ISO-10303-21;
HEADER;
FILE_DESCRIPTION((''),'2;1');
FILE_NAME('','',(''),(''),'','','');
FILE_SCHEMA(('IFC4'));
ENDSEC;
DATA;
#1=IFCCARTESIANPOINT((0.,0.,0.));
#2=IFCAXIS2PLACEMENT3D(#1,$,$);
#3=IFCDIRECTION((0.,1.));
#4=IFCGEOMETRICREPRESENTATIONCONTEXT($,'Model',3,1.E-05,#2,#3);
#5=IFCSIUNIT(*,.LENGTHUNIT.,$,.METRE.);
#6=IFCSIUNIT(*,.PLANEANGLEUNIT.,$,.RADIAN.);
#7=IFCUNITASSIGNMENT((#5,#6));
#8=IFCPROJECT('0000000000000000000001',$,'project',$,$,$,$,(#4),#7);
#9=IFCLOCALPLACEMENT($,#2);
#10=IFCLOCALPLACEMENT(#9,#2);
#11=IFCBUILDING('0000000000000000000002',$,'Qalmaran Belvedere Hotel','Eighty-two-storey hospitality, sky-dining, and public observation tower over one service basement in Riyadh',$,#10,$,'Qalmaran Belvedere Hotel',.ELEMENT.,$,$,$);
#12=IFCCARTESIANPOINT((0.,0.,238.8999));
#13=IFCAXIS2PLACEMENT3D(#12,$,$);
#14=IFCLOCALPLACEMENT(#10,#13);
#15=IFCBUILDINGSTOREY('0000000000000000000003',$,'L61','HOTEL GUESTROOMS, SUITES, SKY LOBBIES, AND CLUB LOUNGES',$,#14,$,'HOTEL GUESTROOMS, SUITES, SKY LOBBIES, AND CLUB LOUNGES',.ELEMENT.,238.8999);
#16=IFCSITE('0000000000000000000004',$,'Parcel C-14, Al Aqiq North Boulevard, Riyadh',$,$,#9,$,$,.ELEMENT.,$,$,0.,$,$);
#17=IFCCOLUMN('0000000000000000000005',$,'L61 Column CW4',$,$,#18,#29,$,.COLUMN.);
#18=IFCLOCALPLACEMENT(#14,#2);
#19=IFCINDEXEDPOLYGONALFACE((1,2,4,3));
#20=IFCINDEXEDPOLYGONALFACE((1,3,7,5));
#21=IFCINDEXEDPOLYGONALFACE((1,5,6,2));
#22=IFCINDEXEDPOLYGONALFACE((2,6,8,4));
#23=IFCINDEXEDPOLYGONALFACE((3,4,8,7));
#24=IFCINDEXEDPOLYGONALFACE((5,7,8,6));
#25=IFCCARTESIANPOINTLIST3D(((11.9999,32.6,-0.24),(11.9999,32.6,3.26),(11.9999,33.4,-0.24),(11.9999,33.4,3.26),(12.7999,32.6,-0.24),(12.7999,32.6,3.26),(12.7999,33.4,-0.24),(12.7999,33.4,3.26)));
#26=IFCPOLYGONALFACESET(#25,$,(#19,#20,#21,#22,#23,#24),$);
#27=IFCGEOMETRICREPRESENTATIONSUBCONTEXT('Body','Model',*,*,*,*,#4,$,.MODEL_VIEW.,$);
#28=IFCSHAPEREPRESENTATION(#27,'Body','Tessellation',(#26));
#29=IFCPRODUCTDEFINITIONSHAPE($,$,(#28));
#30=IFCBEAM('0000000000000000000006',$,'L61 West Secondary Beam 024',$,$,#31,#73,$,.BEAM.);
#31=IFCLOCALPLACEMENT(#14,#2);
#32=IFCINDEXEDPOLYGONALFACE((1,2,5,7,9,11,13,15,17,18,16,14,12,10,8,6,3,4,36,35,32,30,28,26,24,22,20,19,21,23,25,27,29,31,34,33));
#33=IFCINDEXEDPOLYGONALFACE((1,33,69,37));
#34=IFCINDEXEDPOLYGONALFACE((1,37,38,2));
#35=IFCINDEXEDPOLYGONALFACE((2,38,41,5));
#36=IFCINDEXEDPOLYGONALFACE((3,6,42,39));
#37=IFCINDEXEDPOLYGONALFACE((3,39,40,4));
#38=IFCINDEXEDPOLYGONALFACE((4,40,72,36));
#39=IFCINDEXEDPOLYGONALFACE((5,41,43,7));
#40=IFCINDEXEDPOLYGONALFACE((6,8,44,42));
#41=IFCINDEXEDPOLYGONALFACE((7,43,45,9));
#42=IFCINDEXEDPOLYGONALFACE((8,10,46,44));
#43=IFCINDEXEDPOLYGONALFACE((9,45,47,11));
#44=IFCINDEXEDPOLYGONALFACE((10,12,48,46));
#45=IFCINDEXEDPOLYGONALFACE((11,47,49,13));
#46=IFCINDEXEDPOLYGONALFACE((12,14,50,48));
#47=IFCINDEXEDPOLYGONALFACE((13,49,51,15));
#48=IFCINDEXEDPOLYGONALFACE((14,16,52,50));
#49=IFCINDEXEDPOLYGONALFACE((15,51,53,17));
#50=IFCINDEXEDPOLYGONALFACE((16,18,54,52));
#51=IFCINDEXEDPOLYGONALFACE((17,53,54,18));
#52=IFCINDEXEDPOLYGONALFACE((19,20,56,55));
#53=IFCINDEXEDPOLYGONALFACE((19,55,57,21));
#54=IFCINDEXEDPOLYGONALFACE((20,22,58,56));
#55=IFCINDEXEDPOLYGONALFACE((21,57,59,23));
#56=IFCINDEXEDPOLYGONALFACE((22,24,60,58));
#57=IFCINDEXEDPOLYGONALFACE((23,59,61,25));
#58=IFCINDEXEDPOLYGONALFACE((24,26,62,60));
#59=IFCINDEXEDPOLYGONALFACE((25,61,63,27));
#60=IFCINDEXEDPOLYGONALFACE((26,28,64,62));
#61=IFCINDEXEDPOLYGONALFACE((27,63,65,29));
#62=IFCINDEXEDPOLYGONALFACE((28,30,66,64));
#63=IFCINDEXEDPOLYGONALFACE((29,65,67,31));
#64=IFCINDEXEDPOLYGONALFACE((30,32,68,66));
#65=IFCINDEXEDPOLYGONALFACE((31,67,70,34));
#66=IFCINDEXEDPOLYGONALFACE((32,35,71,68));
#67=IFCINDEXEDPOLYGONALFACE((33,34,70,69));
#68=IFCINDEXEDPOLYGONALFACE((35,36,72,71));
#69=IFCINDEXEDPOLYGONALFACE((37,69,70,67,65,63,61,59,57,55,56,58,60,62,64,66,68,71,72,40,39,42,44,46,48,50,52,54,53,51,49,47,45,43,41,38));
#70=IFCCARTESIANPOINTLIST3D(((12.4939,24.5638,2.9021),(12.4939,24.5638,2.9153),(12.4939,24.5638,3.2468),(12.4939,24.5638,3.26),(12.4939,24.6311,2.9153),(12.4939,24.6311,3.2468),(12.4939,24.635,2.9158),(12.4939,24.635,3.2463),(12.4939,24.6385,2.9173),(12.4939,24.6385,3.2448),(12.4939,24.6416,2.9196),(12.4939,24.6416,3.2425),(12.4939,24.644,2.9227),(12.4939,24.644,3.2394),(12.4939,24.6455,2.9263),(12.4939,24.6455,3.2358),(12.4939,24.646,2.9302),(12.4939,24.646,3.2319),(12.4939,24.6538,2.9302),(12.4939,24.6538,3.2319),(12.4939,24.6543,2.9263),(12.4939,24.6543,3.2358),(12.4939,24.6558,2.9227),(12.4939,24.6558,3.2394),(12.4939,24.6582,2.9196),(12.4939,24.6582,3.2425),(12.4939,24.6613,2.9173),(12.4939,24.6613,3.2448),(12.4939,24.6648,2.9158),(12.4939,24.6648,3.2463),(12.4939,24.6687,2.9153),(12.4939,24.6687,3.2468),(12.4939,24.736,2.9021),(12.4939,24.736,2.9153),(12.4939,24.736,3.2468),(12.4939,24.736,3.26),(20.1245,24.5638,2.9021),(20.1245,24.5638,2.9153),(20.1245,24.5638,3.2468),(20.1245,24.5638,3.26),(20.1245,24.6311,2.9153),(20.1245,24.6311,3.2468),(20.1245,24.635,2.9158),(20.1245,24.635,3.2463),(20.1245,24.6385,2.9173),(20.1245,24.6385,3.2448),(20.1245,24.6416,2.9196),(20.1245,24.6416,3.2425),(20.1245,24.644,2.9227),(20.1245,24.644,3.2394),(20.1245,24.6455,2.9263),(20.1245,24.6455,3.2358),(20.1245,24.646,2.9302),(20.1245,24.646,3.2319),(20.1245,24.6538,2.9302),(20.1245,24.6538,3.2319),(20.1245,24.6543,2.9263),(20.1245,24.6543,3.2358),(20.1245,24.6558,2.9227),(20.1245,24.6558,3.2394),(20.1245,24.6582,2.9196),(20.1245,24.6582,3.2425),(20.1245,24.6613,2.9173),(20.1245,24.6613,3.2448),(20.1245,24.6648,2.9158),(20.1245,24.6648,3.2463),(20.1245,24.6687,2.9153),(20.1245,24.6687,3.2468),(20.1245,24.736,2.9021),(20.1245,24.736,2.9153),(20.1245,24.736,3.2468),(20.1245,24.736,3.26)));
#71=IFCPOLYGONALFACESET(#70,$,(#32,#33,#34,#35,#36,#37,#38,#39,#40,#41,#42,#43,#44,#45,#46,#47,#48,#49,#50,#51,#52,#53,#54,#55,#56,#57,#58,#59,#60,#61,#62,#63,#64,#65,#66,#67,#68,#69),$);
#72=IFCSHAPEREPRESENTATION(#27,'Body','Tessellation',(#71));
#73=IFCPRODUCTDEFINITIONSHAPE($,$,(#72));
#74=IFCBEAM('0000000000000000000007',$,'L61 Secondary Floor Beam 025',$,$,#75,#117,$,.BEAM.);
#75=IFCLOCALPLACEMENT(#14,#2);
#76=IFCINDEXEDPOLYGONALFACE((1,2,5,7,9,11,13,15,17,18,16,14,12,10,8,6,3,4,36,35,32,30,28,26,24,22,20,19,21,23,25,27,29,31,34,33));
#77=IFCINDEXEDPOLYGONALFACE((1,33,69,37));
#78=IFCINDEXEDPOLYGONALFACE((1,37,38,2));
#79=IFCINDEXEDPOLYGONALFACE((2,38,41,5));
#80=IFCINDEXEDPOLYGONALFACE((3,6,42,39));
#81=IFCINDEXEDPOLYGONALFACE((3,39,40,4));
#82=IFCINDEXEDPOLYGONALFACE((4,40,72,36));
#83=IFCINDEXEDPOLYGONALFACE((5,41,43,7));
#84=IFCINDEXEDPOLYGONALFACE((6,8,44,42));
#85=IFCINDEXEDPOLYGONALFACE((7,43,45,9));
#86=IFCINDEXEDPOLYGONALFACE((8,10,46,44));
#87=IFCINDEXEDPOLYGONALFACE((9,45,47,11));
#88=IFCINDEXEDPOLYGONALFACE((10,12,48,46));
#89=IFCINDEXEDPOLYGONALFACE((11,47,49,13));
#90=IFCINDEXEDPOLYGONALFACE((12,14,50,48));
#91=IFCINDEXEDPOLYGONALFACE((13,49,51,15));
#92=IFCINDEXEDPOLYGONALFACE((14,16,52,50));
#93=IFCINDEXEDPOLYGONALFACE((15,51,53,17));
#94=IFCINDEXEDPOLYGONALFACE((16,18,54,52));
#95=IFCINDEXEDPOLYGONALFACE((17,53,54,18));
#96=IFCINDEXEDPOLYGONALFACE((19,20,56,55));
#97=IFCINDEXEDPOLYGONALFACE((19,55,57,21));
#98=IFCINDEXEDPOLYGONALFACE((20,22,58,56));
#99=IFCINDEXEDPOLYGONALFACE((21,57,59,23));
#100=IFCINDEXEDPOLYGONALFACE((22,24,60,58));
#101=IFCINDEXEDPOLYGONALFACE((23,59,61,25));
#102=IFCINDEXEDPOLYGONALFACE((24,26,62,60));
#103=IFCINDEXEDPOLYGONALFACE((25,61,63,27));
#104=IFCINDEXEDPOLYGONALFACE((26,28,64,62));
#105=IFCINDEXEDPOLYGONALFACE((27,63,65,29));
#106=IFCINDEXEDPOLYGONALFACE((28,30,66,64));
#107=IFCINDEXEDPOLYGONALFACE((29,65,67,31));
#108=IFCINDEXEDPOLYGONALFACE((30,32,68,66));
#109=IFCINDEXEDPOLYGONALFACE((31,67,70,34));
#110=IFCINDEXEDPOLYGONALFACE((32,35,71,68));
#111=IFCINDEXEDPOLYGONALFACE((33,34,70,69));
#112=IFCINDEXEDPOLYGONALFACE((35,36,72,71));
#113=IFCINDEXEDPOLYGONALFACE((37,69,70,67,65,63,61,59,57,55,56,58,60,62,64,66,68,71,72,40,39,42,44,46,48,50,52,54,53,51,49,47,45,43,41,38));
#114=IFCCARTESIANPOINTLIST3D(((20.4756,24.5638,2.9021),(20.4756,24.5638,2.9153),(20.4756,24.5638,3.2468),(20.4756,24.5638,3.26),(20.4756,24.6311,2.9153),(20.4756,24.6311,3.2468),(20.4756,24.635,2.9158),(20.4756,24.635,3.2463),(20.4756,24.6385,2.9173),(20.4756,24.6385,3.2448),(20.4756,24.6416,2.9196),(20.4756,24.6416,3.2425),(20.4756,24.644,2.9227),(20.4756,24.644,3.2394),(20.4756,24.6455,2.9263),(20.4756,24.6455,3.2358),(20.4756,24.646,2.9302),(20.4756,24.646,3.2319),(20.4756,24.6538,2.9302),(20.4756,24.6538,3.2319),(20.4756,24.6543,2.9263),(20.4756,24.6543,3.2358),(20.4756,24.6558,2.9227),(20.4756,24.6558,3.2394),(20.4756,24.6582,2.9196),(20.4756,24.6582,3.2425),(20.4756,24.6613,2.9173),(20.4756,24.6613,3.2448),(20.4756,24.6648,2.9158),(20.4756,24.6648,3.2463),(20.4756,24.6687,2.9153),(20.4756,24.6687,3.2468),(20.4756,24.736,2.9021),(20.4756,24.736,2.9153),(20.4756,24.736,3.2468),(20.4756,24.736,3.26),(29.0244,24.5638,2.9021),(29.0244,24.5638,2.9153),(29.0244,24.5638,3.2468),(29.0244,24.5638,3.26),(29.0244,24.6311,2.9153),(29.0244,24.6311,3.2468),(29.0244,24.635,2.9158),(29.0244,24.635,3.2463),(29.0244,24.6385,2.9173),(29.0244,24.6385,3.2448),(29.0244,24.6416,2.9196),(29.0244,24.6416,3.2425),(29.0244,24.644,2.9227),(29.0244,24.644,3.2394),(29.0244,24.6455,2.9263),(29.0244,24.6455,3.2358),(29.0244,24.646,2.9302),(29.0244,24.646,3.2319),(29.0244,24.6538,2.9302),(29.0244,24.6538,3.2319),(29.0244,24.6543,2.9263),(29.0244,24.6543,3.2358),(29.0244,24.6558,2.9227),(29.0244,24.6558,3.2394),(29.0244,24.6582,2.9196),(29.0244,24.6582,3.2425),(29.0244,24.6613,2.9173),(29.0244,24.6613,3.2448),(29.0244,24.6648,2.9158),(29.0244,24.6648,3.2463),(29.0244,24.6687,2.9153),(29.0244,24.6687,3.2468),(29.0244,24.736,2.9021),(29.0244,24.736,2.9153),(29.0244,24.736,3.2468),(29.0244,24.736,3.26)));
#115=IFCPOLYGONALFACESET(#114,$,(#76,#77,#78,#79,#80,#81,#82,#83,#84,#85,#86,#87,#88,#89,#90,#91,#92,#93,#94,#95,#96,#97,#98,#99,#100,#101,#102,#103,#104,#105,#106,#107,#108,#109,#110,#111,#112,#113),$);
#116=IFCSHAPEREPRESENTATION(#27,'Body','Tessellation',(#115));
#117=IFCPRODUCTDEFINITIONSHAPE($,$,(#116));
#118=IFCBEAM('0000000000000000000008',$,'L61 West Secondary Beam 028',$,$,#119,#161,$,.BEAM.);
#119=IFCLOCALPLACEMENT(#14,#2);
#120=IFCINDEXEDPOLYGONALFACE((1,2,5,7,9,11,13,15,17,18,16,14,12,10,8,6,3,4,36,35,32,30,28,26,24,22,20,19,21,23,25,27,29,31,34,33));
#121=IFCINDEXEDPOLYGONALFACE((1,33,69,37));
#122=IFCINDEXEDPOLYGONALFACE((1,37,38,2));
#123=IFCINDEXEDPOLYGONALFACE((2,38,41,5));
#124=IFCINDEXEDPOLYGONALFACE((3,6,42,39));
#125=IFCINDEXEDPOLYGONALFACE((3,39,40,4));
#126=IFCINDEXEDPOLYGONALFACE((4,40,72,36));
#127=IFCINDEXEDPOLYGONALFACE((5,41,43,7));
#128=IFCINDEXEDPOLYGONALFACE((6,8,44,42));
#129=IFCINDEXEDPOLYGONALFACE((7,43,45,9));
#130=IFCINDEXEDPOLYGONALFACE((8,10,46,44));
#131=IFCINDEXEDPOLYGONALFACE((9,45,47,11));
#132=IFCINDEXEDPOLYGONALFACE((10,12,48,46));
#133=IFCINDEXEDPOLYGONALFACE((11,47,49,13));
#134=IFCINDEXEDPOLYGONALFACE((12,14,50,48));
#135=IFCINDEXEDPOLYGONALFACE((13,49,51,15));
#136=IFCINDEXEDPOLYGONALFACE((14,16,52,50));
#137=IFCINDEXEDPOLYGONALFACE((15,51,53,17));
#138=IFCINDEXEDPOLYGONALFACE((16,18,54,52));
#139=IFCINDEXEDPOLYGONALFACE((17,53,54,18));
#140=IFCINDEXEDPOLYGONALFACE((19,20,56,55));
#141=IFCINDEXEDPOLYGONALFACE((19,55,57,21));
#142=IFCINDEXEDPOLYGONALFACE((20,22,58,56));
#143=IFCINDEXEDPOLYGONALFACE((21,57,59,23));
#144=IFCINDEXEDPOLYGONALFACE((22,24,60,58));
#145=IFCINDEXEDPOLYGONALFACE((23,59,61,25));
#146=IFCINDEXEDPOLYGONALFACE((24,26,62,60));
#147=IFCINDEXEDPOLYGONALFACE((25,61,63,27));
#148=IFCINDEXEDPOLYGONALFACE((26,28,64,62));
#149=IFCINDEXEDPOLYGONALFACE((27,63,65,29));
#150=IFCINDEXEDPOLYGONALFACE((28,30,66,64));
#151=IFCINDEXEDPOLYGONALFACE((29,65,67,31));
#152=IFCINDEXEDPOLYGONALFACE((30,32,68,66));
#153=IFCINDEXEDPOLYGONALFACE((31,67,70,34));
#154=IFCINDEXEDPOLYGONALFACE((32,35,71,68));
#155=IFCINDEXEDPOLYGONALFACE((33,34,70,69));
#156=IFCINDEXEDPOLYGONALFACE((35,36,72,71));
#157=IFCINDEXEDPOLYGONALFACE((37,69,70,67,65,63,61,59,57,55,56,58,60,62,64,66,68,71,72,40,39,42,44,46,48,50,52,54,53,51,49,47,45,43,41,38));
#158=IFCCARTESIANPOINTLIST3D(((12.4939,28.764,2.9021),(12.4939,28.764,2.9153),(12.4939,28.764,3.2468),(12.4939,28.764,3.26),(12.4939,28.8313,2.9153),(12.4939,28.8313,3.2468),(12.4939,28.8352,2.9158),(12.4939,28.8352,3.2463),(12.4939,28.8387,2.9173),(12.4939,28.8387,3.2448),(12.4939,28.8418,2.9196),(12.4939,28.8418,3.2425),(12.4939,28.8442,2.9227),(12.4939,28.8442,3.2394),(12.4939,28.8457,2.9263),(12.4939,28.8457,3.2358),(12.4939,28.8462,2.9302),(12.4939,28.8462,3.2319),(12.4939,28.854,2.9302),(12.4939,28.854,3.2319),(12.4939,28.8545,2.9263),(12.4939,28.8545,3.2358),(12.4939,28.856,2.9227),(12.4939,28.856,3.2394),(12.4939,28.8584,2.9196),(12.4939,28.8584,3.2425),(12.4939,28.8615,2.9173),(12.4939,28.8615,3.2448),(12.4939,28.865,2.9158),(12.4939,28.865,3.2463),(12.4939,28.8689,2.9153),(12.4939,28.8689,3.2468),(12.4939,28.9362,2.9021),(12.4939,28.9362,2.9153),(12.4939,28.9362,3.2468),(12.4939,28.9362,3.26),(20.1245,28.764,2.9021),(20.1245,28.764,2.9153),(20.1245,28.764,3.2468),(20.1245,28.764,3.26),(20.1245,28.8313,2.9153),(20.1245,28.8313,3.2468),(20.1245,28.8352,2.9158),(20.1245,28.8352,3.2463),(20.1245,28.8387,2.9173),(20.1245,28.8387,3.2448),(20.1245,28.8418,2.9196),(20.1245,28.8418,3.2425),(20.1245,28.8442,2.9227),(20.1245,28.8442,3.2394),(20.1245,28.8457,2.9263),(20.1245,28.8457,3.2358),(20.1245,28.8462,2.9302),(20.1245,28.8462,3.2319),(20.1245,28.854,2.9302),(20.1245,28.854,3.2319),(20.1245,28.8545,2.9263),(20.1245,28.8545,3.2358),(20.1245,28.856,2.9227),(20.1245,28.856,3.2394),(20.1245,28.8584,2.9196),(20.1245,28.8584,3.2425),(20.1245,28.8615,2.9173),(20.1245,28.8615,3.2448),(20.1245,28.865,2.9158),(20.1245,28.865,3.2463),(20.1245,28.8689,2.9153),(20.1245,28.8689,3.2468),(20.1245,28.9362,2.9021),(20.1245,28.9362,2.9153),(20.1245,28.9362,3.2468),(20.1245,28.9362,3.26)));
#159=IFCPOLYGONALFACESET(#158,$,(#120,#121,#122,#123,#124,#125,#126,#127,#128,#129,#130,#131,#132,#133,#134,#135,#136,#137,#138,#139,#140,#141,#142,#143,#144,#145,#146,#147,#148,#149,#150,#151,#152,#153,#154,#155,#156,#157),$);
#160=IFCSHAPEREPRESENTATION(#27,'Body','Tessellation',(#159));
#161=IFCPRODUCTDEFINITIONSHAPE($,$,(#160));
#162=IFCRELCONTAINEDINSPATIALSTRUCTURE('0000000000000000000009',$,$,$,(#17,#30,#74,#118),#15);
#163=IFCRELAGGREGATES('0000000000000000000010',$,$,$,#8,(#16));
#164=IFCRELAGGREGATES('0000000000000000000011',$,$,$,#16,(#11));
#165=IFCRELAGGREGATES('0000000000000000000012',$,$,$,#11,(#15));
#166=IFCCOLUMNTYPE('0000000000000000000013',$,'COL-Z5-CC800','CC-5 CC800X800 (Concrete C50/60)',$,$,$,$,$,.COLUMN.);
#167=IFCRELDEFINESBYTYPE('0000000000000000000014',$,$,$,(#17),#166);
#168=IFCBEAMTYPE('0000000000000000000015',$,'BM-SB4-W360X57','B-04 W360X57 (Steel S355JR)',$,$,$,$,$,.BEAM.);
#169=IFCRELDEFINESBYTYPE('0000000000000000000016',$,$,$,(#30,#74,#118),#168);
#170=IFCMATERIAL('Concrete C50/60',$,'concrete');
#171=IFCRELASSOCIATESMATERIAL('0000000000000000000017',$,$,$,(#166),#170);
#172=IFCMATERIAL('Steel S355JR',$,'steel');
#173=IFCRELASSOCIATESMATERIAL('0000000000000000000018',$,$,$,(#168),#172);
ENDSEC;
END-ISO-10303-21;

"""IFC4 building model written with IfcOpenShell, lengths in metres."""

from ifc_helpers import new_model, si_unit, direction, frame, origin, origin_2d, place, context, subcontext, project, spatial, rectangle, i_section, extrude, material, material_profile, profile_set, type_object, element, save


model = new_model("IFC4")

# Units and contexts
model_context = context("Model", 3, precision=1e-05, world=origin(), true_north=direction((0.0, 1.0)))
body_context = subcontext(model_context, "Body", "Model", "MODEL_VIEW")
ifc_project = project(units=[si_unit("LENGTHUNIT", "METRE"), si_unit("PLANEANGLEUNIT", "RADIAN")], contexts=[model_context])

# Site, building, storey
site_placement = place(None, origin())
site = spatial("IfcSite", under=ifc_project, at=site_placement, Name="Parcel C-14, Al Aqiq North Boulevard, Riyadh", CompositionType="ELEMENT", RefElevation=0.0)
building_placement = place(site_placement, origin())
building = spatial("IfcBuilding", under=site, at=building_placement, Name="Qalmaran Belvedere Hotel", Description="Eighty-two-storey hospitality, sky-dining, and public observation tower over one service basement in Riyadh", LongName="Qalmaran Belvedere Hotel", CompositionType="ELEMENT")
storey_placement = place(building_placement, frame((0.0, 0.0, 238.8999)))
storey = spatial("IfcBuildingStorey", under=building, at=storey_placement, Name="L61", Description="HOTEL GUESTROOMS, SUITES, SKY LOBBIES, AND CLUB LOUNGES", LongName="HOTEL GUESTROOMS, SUITES, SKY LOBBIES, AND CLUB LOUNGES", CompositionType="ELEMENT", Elevation=238.8999)

# Column
ifc_material_1 = material(Name="Concrete C50/60", Category="concrete")
ifc_material_profile_1 = material_profile(ifc_material_1, rectangle(XDim=0.8, YDim=0.8, at=origin_2d()), Name="CC800X800")
ifc_profile_set_1 = profile_set([ifc_material_profile_1], Name="Concrete C50/60")
column_type = type_object("IfcColumnType", Name="COL-Z5-CC800", Description="CC-5 CC800X800 (Concrete C50/60)", PredefinedType="COLUMN", material=ifc_profile_set_1)
column_placement = place(storey_placement, frame((12.3999, 33.0, -0.24), z_axis=(0.0, 0.0, 1.0), x_axis=(1.0, 0.0, 0.0)))
element("IfcColumn", 1, at=column_placement, inside=storey, type_object=column_type, Name="L61 Column CW4", PredefinedType="COLUMN", context=body_context, shape_type="SweptSolid", body=[
    extrude(rectangle(XDim=0.8, YDim=0.8, at=origin_2d()), origin(), (0.0, 0.0, 1.0), 3.5),
])

# Beams
ifc_material_2 = material(Name="Steel S355JR", Category="steel")
ifc_material_profile_2 = material_profile(ifc_material_2, i_section(OverallWidth=0.1721, OverallDepth=0.3579, WebThickness=0.0078, FlangeThickness=0.0132, FilletRadius=0.0149, at=origin_2d()), Name="W360X57")
ifc_profile_set_2 = profile_set([ifc_material_profile_2], Name="Steel S355JR")
beam_type_1 = type_object("IfcBeamType", Name="BM-SB4-W360X57", Description="B-04 W360X57 (Steel S355JR)", PredefinedType="BEAM", material=ifc_profile_set_2)
beam_1_placement = place(storey_placement, frame((12.4939, 24.6499, 3.0811), z_axis=(1.0, 0.0, 0.0), x_axis=(0.0, 1.0, 0.0)))
element("IfcBeam", 2, at=beam_1_placement, inside=storey, type_object=beam_type_1, Name="L61 West Secondary Beam 024", PredefinedType="BEAM", context=body_context, shape_type="SweptSolid", body=[
    extrude(i_section(OverallWidth=0.1721, OverallDepth=0.3579, WebThickness=0.0078, FlangeThickness=0.0132, FilletRadius=0.0149, at=origin_2d()), origin(), (0.0, 0.0, 1.0), 7.6306),
])
beam_2_placement = place(storey_placement, frame((20.4756, 24.6499, 3.0811), z_axis=(1.0, 0.0, 0.0), x_axis=(0.0, 1.0, 0.0)))
element("IfcBeam", 3, at=beam_2_placement, inside=storey, type_object=beam_type_1, Name="L61 Secondary Floor Beam 025", PredefinedType="BEAM", context=body_context, shape_type="SweptSolid", body=[
    extrude(i_section(OverallWidth=0.1721, OverallDepth=0.3579, WebThickness=0.0078, FlangeThickness=0.0132, FilletRadius=0.0149, at=origin_2d()), origin(), (0.0, 0.0, 1.0), 8.5488),
])
beam_3_placement = place(storey_placement, frame((12.4939, 28.8501, 3.0811), z_axis=(1.0, 0.0, 0.0), x_axis=(0.0, 1.0, 0.0)))
element("IfcBeam", 4, at=beam_3_placement, inside=storey, type_object=beam_type_1, Name="L61 West Secondary Beam 028", PredefinedType="BEAM", context=body_context, shape_type="SweptSolid", body=[
    extrude(i_section(OverallWidth=0.1721, OverallDepth=0.3579, WebThickness=0.0078, FlangeThickness=0.0132, FilletRadius=0.0149, at=origin_2d()), origin(), (0.0, 0.0, 1.0), 7.6306),
])

save(model, "model.ifc")
